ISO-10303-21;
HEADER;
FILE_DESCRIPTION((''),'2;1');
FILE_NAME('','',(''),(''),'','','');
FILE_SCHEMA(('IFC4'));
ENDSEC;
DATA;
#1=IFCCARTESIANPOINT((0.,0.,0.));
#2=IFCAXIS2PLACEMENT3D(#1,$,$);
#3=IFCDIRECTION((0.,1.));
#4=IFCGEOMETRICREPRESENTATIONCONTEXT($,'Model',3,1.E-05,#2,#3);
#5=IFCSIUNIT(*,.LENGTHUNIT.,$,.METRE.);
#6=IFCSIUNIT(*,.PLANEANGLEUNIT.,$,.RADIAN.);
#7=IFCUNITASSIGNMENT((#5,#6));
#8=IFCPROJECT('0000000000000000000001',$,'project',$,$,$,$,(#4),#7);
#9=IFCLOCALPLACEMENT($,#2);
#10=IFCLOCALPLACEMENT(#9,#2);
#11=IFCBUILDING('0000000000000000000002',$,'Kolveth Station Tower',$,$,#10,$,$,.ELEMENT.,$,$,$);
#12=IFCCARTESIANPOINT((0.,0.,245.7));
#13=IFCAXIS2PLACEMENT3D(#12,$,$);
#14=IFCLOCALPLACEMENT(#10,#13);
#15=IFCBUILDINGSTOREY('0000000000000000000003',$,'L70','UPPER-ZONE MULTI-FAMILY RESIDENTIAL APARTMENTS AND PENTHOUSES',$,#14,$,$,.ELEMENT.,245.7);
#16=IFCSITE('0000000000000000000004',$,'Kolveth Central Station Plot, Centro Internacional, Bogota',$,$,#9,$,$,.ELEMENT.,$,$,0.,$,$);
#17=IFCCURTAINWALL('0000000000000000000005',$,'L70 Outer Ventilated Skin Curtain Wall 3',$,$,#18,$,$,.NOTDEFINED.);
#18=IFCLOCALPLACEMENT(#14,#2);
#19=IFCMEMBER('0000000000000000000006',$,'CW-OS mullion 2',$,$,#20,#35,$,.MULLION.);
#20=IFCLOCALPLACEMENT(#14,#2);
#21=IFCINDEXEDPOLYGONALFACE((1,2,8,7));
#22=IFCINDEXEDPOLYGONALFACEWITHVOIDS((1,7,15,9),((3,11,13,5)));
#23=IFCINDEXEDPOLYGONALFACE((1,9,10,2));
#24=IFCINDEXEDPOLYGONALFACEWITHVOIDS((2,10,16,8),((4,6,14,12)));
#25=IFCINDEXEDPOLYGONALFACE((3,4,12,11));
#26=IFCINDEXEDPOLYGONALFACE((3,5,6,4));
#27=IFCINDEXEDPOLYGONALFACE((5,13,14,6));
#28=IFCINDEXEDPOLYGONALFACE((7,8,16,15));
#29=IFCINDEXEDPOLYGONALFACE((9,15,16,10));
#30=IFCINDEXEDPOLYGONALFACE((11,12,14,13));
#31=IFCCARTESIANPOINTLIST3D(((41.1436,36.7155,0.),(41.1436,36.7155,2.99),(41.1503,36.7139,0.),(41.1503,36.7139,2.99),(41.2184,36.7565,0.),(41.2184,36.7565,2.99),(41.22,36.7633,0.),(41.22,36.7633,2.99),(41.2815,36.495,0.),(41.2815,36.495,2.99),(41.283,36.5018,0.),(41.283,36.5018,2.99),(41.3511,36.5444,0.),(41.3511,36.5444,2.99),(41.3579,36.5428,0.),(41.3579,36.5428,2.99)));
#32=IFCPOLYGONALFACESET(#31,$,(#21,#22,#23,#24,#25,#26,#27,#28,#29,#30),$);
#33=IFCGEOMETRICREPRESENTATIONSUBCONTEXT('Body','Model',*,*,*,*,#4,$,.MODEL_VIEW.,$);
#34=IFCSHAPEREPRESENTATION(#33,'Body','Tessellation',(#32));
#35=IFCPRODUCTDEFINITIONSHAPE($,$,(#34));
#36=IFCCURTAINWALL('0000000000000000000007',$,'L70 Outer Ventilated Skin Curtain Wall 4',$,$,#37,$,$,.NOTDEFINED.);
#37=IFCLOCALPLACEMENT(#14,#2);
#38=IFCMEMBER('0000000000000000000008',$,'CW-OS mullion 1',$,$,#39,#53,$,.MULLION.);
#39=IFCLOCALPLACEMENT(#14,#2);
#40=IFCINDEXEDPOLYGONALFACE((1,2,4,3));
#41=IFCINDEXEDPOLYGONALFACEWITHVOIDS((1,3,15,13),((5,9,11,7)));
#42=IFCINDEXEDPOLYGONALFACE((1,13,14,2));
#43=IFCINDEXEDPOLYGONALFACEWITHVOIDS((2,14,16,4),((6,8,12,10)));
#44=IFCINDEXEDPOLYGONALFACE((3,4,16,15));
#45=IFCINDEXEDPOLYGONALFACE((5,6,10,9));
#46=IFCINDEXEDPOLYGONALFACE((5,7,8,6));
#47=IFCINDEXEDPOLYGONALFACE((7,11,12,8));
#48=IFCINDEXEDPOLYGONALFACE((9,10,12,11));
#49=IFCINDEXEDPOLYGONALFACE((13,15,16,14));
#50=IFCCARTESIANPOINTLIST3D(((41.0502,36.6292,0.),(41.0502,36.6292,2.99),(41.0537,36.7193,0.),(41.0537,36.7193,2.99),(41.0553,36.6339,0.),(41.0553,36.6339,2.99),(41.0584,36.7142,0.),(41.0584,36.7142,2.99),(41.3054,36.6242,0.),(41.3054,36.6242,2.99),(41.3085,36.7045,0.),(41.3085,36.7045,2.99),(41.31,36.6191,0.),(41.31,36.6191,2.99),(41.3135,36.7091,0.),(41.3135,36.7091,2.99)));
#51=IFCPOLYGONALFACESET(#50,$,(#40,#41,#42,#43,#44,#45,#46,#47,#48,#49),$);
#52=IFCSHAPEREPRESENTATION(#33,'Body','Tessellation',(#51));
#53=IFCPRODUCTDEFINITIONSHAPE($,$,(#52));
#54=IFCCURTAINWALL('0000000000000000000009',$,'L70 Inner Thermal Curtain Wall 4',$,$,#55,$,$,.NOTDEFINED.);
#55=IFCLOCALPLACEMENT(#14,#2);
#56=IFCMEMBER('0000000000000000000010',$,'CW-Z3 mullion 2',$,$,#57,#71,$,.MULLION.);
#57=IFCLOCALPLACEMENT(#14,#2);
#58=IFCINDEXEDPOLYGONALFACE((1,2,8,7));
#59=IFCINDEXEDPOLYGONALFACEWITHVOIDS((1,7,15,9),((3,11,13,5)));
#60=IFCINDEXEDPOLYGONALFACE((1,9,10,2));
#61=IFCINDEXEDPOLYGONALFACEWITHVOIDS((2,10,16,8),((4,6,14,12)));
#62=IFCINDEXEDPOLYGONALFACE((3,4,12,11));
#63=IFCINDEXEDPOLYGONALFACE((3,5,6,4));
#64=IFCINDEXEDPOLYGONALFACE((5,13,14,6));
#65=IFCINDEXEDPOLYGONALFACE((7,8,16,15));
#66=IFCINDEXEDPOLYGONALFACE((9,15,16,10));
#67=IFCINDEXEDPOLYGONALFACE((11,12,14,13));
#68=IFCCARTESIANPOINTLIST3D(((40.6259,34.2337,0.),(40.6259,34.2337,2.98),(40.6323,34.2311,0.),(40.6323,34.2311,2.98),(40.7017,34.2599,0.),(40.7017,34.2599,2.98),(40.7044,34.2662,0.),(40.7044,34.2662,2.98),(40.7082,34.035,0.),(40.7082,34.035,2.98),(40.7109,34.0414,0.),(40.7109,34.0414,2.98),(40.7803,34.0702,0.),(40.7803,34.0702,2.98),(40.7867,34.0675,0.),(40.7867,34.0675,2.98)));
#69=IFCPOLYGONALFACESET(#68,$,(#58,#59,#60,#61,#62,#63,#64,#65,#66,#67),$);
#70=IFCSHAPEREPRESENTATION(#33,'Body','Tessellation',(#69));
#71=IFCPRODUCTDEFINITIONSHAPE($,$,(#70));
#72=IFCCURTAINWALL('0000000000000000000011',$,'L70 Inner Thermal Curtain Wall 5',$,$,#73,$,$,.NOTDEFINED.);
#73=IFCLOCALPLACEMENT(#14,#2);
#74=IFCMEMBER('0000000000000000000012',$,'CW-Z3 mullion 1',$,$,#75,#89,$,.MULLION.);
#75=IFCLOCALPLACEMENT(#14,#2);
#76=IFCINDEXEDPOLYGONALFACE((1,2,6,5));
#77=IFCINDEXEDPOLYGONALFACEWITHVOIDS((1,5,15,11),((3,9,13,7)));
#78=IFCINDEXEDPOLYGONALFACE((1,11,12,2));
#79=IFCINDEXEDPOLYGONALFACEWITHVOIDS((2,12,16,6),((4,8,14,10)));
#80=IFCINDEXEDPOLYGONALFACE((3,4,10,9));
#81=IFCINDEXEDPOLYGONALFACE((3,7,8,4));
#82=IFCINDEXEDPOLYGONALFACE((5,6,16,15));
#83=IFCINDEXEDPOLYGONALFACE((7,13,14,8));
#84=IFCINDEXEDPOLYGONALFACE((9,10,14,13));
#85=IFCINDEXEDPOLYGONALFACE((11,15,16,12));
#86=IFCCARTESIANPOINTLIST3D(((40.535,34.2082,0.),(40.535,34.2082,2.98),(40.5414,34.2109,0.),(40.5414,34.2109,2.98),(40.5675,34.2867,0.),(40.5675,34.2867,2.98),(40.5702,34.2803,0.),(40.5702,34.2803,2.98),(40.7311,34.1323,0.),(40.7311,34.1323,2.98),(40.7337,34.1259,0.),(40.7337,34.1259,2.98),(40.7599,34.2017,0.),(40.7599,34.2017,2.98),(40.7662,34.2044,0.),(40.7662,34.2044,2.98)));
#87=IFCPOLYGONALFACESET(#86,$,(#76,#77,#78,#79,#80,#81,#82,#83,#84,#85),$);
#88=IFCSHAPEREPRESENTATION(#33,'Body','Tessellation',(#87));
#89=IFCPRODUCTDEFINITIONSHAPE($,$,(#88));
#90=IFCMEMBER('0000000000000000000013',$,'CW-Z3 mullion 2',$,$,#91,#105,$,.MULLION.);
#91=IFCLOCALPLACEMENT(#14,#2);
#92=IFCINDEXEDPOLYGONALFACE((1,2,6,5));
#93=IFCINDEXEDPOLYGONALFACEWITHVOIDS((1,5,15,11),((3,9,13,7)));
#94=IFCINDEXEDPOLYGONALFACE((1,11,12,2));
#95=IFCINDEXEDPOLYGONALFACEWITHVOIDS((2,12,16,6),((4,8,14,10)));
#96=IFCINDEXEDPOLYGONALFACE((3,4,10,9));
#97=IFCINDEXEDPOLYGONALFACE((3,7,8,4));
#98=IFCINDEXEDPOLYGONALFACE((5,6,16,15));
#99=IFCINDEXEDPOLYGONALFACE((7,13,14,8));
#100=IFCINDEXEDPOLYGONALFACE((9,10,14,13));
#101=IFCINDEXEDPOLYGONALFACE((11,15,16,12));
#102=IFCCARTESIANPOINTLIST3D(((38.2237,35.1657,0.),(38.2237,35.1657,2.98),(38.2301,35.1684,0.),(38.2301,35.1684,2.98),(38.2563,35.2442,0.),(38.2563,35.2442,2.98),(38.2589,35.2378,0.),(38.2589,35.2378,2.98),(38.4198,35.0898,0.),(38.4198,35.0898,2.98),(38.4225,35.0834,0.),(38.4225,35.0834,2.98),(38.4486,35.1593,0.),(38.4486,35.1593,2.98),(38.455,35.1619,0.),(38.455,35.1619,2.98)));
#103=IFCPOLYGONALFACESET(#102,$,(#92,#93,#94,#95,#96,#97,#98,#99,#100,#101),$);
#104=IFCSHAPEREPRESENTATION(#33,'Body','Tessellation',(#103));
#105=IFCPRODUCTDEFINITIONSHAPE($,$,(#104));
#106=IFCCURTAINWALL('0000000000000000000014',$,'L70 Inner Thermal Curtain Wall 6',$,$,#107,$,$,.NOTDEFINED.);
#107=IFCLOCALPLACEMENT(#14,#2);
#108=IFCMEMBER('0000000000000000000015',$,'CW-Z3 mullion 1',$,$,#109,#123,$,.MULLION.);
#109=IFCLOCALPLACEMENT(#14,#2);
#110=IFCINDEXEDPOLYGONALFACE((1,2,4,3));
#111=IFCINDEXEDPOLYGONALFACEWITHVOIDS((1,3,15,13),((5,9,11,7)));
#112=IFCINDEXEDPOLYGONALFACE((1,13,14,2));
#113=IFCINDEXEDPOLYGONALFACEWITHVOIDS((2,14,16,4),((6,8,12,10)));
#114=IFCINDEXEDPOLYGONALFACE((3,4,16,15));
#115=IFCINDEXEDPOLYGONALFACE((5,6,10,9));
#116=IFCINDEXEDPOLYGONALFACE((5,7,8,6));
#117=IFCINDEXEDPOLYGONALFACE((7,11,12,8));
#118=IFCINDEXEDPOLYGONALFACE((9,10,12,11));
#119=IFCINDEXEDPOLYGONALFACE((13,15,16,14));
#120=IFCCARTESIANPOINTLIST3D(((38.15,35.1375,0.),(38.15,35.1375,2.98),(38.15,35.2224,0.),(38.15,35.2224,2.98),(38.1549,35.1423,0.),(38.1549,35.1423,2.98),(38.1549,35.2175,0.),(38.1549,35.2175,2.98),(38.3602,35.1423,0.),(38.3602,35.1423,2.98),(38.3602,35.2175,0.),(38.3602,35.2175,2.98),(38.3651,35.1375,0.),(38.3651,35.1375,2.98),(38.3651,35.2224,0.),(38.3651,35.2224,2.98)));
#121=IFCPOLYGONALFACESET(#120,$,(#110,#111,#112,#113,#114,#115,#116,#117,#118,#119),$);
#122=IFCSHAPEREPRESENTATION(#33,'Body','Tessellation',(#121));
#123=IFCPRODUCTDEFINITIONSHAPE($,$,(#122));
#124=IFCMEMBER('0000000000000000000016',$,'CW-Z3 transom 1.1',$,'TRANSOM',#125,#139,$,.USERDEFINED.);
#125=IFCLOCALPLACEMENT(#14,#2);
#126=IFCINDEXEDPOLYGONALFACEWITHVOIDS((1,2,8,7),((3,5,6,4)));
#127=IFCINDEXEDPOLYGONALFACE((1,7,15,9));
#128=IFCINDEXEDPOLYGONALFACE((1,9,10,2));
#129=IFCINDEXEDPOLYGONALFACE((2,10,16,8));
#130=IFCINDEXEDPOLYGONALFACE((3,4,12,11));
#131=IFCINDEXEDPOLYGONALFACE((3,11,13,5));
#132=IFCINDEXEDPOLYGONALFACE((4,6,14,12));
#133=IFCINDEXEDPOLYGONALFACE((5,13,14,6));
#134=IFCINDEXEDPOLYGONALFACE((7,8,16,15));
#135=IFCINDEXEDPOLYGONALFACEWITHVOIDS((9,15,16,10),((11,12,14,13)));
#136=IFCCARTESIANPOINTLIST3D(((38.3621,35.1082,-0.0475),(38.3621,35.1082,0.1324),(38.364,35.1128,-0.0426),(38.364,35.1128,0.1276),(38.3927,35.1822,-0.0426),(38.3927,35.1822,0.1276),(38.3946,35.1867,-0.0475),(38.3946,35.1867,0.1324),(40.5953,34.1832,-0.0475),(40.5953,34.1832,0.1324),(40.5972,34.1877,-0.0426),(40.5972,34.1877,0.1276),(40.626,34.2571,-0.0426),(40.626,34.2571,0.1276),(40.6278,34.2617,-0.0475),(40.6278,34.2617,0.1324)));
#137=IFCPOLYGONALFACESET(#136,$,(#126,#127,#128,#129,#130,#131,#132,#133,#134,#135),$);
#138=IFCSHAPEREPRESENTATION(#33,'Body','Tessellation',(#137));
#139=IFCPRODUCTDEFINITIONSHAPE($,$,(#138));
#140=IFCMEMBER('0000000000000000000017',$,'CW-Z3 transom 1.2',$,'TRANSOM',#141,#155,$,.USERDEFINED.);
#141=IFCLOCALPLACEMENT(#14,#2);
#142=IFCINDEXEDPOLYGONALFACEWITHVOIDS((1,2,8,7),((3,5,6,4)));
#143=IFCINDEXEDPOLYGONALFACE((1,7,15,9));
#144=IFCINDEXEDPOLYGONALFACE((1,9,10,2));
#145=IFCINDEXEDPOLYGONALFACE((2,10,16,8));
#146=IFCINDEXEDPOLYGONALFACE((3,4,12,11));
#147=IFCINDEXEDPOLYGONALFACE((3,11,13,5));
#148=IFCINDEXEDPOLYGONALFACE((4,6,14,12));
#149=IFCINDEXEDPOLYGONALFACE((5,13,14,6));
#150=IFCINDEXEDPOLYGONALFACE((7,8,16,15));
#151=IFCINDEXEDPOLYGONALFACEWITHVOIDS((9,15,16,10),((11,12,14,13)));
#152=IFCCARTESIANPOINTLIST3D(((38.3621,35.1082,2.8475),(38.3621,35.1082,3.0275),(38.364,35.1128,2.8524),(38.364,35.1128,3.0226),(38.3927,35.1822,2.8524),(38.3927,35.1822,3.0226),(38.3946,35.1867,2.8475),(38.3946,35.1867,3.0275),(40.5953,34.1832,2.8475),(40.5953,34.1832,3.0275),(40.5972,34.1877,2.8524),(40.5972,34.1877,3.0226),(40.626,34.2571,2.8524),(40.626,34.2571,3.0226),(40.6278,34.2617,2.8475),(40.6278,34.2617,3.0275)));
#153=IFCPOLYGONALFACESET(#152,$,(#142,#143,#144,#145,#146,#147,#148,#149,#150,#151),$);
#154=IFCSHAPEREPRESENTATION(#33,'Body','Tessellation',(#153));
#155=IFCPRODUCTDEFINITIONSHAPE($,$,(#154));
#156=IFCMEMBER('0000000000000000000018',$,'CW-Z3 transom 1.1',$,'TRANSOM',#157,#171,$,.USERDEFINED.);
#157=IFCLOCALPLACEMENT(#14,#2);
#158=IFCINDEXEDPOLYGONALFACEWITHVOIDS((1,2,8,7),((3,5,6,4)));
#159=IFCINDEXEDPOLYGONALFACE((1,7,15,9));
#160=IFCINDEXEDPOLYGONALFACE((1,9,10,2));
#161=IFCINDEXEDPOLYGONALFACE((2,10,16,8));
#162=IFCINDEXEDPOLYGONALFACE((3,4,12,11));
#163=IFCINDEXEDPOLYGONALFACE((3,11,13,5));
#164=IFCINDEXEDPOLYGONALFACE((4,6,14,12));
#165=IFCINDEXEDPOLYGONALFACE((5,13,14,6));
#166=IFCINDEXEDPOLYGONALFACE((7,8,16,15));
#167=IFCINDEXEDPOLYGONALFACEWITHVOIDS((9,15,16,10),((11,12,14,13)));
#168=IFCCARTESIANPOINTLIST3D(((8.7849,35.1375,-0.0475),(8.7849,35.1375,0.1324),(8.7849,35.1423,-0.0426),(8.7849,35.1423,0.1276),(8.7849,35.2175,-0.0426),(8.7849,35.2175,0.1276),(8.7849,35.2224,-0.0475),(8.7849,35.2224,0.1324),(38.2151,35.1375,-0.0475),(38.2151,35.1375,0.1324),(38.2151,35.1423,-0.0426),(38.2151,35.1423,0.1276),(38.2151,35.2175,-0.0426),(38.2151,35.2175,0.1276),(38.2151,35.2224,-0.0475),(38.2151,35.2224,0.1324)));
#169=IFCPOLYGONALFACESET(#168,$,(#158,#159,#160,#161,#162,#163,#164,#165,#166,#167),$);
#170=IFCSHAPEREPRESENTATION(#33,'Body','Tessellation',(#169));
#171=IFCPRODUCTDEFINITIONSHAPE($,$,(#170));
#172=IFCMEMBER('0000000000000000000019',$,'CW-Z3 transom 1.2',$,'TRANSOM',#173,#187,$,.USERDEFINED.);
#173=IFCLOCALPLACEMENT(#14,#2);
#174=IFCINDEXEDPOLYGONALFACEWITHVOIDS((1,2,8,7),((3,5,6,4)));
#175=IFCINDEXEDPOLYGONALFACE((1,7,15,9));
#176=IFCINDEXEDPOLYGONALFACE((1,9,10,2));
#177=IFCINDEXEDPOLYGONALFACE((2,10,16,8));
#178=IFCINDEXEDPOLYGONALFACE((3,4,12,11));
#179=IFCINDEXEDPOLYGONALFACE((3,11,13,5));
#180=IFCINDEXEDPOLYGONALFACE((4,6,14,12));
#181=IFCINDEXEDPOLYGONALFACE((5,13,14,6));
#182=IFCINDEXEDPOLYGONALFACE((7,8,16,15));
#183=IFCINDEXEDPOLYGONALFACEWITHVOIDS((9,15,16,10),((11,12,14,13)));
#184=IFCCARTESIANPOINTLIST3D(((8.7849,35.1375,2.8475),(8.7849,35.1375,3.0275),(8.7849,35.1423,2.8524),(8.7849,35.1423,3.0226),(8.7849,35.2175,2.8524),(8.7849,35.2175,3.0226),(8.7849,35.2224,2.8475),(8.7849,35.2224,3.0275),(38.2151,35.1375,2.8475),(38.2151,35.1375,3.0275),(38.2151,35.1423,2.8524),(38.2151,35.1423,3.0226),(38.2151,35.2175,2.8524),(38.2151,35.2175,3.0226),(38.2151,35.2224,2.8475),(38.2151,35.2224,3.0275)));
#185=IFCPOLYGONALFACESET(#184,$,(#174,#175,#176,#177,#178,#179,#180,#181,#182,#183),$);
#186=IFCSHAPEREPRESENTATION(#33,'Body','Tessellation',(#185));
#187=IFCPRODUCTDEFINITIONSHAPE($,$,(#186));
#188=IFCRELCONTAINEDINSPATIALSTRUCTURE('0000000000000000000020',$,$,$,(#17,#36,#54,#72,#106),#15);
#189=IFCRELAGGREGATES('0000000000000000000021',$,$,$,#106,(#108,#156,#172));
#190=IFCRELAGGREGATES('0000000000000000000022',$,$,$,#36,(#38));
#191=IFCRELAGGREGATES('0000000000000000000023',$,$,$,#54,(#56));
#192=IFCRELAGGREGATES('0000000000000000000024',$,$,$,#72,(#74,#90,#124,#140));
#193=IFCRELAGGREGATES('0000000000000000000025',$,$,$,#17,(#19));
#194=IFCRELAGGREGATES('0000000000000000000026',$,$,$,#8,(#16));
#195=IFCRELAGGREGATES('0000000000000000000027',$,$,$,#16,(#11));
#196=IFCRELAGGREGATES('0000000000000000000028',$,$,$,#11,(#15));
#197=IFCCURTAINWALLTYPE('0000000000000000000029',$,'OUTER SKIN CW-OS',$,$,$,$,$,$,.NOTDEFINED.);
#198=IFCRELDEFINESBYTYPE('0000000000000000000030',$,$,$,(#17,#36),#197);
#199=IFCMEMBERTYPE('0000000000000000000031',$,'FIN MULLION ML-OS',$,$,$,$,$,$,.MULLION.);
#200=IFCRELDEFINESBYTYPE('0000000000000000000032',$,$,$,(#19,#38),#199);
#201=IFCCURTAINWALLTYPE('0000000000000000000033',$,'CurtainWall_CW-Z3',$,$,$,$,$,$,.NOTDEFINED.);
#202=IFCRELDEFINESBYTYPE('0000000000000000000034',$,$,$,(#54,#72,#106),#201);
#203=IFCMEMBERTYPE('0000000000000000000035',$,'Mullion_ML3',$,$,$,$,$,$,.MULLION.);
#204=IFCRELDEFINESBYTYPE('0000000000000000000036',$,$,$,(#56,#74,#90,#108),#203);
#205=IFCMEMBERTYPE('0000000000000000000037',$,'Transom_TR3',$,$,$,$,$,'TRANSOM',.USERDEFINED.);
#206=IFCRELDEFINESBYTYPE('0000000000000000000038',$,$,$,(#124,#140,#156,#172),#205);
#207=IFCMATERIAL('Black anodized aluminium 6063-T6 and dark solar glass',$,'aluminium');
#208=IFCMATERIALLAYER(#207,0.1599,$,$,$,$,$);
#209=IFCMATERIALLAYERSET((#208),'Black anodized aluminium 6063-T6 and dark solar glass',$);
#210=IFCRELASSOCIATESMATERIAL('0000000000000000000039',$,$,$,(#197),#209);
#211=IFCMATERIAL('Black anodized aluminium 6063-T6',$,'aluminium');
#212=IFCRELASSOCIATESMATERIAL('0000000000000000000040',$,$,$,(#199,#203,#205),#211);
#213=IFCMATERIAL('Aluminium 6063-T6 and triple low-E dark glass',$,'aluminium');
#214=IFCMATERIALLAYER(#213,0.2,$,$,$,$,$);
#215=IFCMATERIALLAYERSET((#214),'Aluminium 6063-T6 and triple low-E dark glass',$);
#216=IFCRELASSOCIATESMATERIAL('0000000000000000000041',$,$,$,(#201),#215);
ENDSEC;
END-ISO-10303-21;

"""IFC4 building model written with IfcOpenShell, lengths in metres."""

from ifc_helpers import new_model, si_unit, direction, frame, origin, origin_2d, place, context, subcontext, project, spatial, hollow_rectangle, extrude, source, transform, mapped, material, layer, layer_set, material_profile, profile_set, type_object, element, aggregate, save


model = new_model("IFC4")

# Units and contexts
model_context = context("Model", 3, precision=1e-05, world=origin(), true_north=direction((0.0, 1.0)))
body_context = subcontext(model_context, "Body", "Model", "MODEL_VIEW")
ifc_project = project(units=[si_unit("LENGTHUNIT", "METRE"), si_unit("PLANEANGLEUNIT", "RADIAN")], contexts=[model_context])

# Site, building, storey
site_placement = place(None, origin())
site = spatial("IfcSite", under=ifc_project, at=site_placement, Name="Kolveth Central Station Plot, Centro Internacional, Bogota", CompositionType="ELEMENT", RefElevation=0.0)
building_placement = place(site_placement, origin())
building = spatial("IfcBuilding", under=site, at=building_placement, Name="Kolveth Station Tower", CompositionType="ELEMENT")
storey_placement = place(building_placement, frame((0.0, 0.0, 245.7)))
storey = spatial("IfcBuildingStorey", under=building, at=storey_placement, Name="L70", Description="UPPER-ZONE MULTI-FAMILY RESIDENTIAL APARTMENTS AND PENTHOUSES", CompositionType="ELEMENT", Elevation=245.7)

# Curtain walls, members
ifc_material_1 = material(Name="Black anodized aluminium 6063-T6 and dark solar glass", Category="aluminium")
ifc_layer_1 = layer(ifc_material_1, 0.1599)
ifc_layer_set_1 = layer_set([ifc_layer_1], Name="Black anodized aluminium 6063-T6 and dark solar glass")
curtain_wall_type_1 = type_object("IfcCurtainWallType", Name="OUTER SKIN CW-OS", PredefinedType="NOTDEFINED", material=ifc_layer_set_1)
curtain_wall_1_placement = place(storey_placement, origin())
curtain_wall_1 = element("IfcCurtainWall", 1, at=curtain_wall_1_placement, inside=storey, type_object=curtain_wall_type_1, Name="L70 Outer Ventilated Skin Curtain Wall 3", PredefinedType="NOTDEFINED")
ifc_material_2 = material(Name="Black anodized aluminium 6063-T6", Category="aluminium")
ifc_material_profile_1 = material_profile(ifc_material_2, hollow_rectangle(XDim=0.0901, YDim=0.26, WallThickness=0.0049, at=origin_2d()), Name="ALU-90x260x5")
ifc_profile_set_1 = profile_set([ifc_material_profile_1], Name="Black anodized aluminium 6063-T6")
member_type_1 = type_object("IfcMemberType", Name="FIN MULLION ML-OS", PredefinedType="MULLION", material=ifc_profile_set_1)
shared_shape_1 = source(origin(), body_context, "Body", "SweptSolid", [
    extrude(hollow_rectangle(XDim=0.0901, YDim=0.26, WallThickness=0.0049, at=origin_2d()), origin(), (0.0, 0.0, 1.0), 2.99),
])
member_1_placement = place(storey_placement, frame((41.2507, 36.6292, 0.0), z_axis=(0.0, 0.0, 1.0), x_axis=(-0.847776, -0.530355, 0.0)))
member_1 = element("IfcMember", 2, at=member_1_placement, type_object=member_type_1, Name="CW-OS mullion 2", PredefinedType="MULLION", context=body_context, shape_type="MappedRepresentation", body=[
    mapped(shared_shape_1, transform((0.0, 0.0, 0.0), x_axis=(1.0, 0.0, 0.0), y_axis=(0.0, 1.0, 0.0), z_axis=(0.0, 0.0, 1.0), scale=1.0)),
])
curtain_wall_2_placement = place(storey_placement, origin())
curtain_wall_2 = element("IfcCurtainWall", 3, at=curtain_wall_2_placement, inside=storey, type_object=curtain_wall_type_1, Name="L70 Outer Ventilated Skin Curtain Wall 4", PredefinedType="NOTDEFINED")
member_2_placement = place(storey_placement, frame((41.1819, 36.6692, 0.0), z_axis=(0.0, 0.0, 1.0), x_axis=(-0.038861, -0.999245, 0.0)))
member_2 = element("IfcMember", 4, at=member_2_placement, type_object=member_type_1, Name="CW-OS mullion 1", PredefinedType="MULLION", context=body_context, shape_type="MappedRepresentation", body=[
    mapped(shared_shape_1, transform((0.0, 0.0, 0.0), x_axis=(1.0, 0.0, 0.0), y_axis=(0.0, 1.0, 0.0), z_axis=(0.0, 0.0, 1.0), scale=1.0)),
])
ifc_material_3 = material(Name="Aluminium 6063-T6 and triple low-E dark glass", Category="aluminium")
ifc_layer_2 = layer(ifc_material_3, 0.2)
ifc_layer_set_2 = layer_set([ifc_layer_2], Name="Aluminium 6063-T6 and triple low-E dark glass")
curtain_wall_type_2 = type_object("IfcCurtainWallType", Name="CurtainWall_CW-Z3", PredefinedType="NOTDEFINED", material=ifc_layer_set_2)
curtain_wall_3_placement = place(storey_placement, origin())
curtain_wall_3 = element("IfcCurtainWall", 5, at=curtain_wall_3_placement, inside=storey, type_object=curtain_wall_type_2, Name="L70 Inner Thermal Curtain Wall 4", PredefinedType="NOTDEFINED")
ifc_material_profile_2 = material_profile(ifc_material_2, hollow_rectangle(XDim=0.085, YDim=0.2151, WallThickness=0.0049, at=origin_2d()), Name="ALU-85x215x5")
ifc_profile_set_2 = profile_set([ifc_material_profile_2], Name="Black anodized aluminium 6063-T6")
member_type_2 = type_object("IfcMemberType", Name="Mullion_ML3", PredefinedType="MULLION", material=ifc_profile_set_2)
shared_shape_2 = source(origin(), body_context, "Body", "SweptSolid", [
    extrude(hollow_rectangle(XDim=0.085, YDim=0.2151, WallThickness=0.0049, at=origin_2d()), origin(), (0.0, 0.0, 1.0), 2.98),
])
member_3_placement = place(storey_placement, frame((40.7063, 34.1506, 0.0), z_axis=(0.0, 0.0, 1.0), x_axis=(-0.923875, -0.382693, 0.0)))
member_3 = element("IfcMember", 6, at=member_3_placement, type_object=member_type_2, Name="CW-Z3 mullion 2", PredefinedType="MULLION", context=body_context, shape_type="MappedRepresentation", body=[
    mapped(shared_shape_2, transform((0.0, 0.0, 0.0), x_axis=(1.0, 0.0, 0.0), y_axis=(0.0, 1.0, 0.0), z_axis=(0.0, 0.0, 1.0), scale=1.0)),
])

# Curtain wall, members
curtain_wall_4_placement = place(storey_placement, origin())
curtain_wall_4 = element("IfcCurtainWall", 7, at=curtain_wall_4_placement, inside=storey, type_object=curtain_wall_type_2, Name="L70 Inner Thermal Curtain Wall 5", PredefinedType="NOTDEFINED")
member_4_placement = place(storey_placement, frame((40.6506, 34.2063, 0.0), z_axis=(0.0, 0.0, 1.0), x_axis=(-0.382693, -0.923875, 0.0)))
member_4 = element("IfcMember", 8, at=member_4_placement, type_object=member_type_2, Name="CW-Z3 mullion 1", PredefinedType="MULLION", context=body_context, shape_type="MappedRepresentation", body=[
    mapped(shared_shape_2, transform((0.0, 0.0, 0.0), x_axis=(1.0, 0.0, 0.0), y_axis=(0.0, 1.0, 0.0), z_axis=(0.0, 0.0, 1.0), scale=1.0)),
])
member_5_placement = place(storey_placement, frame((38.3394, 35.1638, 0.0), z_axis=(0.0, 0.0, 1.0), x_axis=(-0.382693, -0.923875, 0.0)))
member_5 = element("IfcMember", 9, at=member_5_placement, type_object=member_type_2, Name="CW-Z3 mullion 2", PredefinedType="MULLION", context=body_context, shape_type="MappedRepresentation", body=[
    mapped(shared_shape_2, transform((0.0, 0.0, 0.0), x_axis=(1.0, 0.0, 0.0), y_axis=(0.0, 1.0, 0.0), z_axis=(0.0, 0.0, 1.0), scale=1.0)),
])

# Curtain wall, member
curtain_wall_5_placement = place(storey_placement, origin())
curtain_wall_5 = element("IfcCurtainWall", 10, at=curtain_wall_5_placement, inside=storey, type_object=curtain_wall_type_2, Name="L70 Inner Thermal Curtain Wall 6", PredefinedType="NOTDEFINED")
member_6_placement = place(storey_placement, frame((38.2576, 35.1799, 0.0), z_axis=(0.0, 0.0, 1.0), x_axis=(0.0, -1.0, 0.0)))
member_6 = element("IfcMember", 11, at=member_6_placement, type_object=member_type_2, Name="CW-Z3 mullion 1", PredefinedType="MULLION", context=body_context, shape_type="MappedRepresentation", body=[
    mapped(shared_shape_2, transform((0.0, 0.0, 0.0), x_axis=(1.0, 0.0, 0.0), y_axis=(0.0, 1.0, 0.0), z_axis=(0.0, 0.0, 1.0), scale=1.0)),
])

# Members
ifc_material_profile_3 = material_profile(ifc_material_2, hollow_rectangle(XDim=0.085, YDim=0.1799, WallThickness=0.0049, at=origin_2d()), Name="ALU-85x180x5")
ifc_profile_set_3 = profile_set([ifc_material_profile_3], Name="Black anodized aluminium 6063-T6")
member_type_3 = type_object("IfcMemberType", Name="Transom_TR3", ElementType="TRANSOM", PredefinedType="USERDEFINED", material=ifc_profile_set_3)
shared_shape_3 = source(origin(), body_context, "Body", "SweptSolid", [
    extrude(hollow_rectangle(XDim=0.085, YDim=0.1799, WallThickness=0.0049, at=origin_2d()), origin(), (0.0, 0.0, 1.0), 2.4172),
])
member_7_placement = place(storey_placement, frame((40.6116, 34.2224, 0.0425), z_axis=(-0.923873, 0.3827, 0.0), x_axis=(-0.3827, -0.923873, 0.0)))
member_7 = element("IfcMember", 12, at=member_7_placement, type_object=member_type_3, Name="CW-Z3 transom 1.1", ObjectType="TRANSOM", PredefinedType="USERDEFINED", context=body_context, shape_type="MappedRepresentation", body=[
    mapped(shared_shape_3, transform((0.0, 0.0, 0.0), x_axis=(1.0, 0.0, 0.0), y_axis=(0.0, 1.0, 0.0), z_axis=(0.0, 0.0, 1.0), scale=1.0)),
])
member_8_placement = place(storey_placement, frame((40.6116, 34.2224, 2.9375), z_axis=(-0.923873, 0.3827, 0.0), x_axis=(-0.3827, -0.923873, 0.0)))
member_8 = element("IfcMember", 13, at=member_8_placement, type_object=member_type_3, Name="CW-Z3 transom 1.2", ObjectType="TRANSOM", PredefinedType="USERDEFINED", context=body_context, shape_type="MappedRepresentation", body=[
    mapped(shared_shape_3, transform((0.0, 0.0, 0.0), x_axis=(1.0, 0.0, 0.0), y_axis=(0.0, 1.0, 0.0), z_axis=(0.0, 0.0, 1.0), scale=1.0)),
])
shared_shape_4 = source(origin(), body_context, "Body", "SweptSolid", [
    extrude(hollow_rectangle(XDim=0.085, YDim=0.1799, WallThickness=0.0049, at=origin_2d()), origin(), (0.0, 0.0, 1.0), 29.4302),
])
member_9_placement = place(storey_placement, frame((38.2151, 35.1799, 0.0425), z_axis=(-1.0, 0.0, 0.0), x_axis=(0.0, -1.0, 0.0)))
member_9 = element("IfcMember", 14, at=member_9_placement, type_object=member_type_3, Name="CW-Z3 transom 1.1", ObjectType="TRANSOM", PredefinedType="USERDEFINED", context=body_context, shape_type="MappedRepresentation", body=[
    mapped(shared_shape_4, transform((0.0, 0.0, 0.0), x_axis=(1.0, 0.0, 0.0), y_axis=(0.0, 1.0, 0.0), z_axis=(0.0, 0.0, 1.0), scale=1.0)),
])
member_10_placement = place(storey_placement, frame((38.2151, 35.1799, 2.9375), z_axis=(-1.0, 0.0, 0.0), x_axis=(0.0, -1.0, 0.0)))
member_10 = element("IfcMember", 15, at=member_10_placement, type_object=member_type_3, Name="CW-Z3 transom 1.2", ObjectType="TRANSOM", PredefinedType="USERDEFINED", context=body_context, shape_type="MappedRepresentation", body=[
    mapped(shared_shape_4, transform((0.0, 0.0, 0.0), x_axis=(1.0, 0.0, 0.0), y_axis=(0.0, 1.0, 0.0), z_axis=(0.0, 0.0, 1.0), scale=1.0)),
])
aggregate(curtain_wall_5, [member_6, member_9, member_10])
aggregate(curtain_wall_2, [member_2])

aggregate(curtain_wall_3, [member_3])
aggregate(curtain_wall_4, [member_4, member_5, member_7, member_8])
aggregate(curtain_wall_1, [member_1])

save(model, "model.ifc")
